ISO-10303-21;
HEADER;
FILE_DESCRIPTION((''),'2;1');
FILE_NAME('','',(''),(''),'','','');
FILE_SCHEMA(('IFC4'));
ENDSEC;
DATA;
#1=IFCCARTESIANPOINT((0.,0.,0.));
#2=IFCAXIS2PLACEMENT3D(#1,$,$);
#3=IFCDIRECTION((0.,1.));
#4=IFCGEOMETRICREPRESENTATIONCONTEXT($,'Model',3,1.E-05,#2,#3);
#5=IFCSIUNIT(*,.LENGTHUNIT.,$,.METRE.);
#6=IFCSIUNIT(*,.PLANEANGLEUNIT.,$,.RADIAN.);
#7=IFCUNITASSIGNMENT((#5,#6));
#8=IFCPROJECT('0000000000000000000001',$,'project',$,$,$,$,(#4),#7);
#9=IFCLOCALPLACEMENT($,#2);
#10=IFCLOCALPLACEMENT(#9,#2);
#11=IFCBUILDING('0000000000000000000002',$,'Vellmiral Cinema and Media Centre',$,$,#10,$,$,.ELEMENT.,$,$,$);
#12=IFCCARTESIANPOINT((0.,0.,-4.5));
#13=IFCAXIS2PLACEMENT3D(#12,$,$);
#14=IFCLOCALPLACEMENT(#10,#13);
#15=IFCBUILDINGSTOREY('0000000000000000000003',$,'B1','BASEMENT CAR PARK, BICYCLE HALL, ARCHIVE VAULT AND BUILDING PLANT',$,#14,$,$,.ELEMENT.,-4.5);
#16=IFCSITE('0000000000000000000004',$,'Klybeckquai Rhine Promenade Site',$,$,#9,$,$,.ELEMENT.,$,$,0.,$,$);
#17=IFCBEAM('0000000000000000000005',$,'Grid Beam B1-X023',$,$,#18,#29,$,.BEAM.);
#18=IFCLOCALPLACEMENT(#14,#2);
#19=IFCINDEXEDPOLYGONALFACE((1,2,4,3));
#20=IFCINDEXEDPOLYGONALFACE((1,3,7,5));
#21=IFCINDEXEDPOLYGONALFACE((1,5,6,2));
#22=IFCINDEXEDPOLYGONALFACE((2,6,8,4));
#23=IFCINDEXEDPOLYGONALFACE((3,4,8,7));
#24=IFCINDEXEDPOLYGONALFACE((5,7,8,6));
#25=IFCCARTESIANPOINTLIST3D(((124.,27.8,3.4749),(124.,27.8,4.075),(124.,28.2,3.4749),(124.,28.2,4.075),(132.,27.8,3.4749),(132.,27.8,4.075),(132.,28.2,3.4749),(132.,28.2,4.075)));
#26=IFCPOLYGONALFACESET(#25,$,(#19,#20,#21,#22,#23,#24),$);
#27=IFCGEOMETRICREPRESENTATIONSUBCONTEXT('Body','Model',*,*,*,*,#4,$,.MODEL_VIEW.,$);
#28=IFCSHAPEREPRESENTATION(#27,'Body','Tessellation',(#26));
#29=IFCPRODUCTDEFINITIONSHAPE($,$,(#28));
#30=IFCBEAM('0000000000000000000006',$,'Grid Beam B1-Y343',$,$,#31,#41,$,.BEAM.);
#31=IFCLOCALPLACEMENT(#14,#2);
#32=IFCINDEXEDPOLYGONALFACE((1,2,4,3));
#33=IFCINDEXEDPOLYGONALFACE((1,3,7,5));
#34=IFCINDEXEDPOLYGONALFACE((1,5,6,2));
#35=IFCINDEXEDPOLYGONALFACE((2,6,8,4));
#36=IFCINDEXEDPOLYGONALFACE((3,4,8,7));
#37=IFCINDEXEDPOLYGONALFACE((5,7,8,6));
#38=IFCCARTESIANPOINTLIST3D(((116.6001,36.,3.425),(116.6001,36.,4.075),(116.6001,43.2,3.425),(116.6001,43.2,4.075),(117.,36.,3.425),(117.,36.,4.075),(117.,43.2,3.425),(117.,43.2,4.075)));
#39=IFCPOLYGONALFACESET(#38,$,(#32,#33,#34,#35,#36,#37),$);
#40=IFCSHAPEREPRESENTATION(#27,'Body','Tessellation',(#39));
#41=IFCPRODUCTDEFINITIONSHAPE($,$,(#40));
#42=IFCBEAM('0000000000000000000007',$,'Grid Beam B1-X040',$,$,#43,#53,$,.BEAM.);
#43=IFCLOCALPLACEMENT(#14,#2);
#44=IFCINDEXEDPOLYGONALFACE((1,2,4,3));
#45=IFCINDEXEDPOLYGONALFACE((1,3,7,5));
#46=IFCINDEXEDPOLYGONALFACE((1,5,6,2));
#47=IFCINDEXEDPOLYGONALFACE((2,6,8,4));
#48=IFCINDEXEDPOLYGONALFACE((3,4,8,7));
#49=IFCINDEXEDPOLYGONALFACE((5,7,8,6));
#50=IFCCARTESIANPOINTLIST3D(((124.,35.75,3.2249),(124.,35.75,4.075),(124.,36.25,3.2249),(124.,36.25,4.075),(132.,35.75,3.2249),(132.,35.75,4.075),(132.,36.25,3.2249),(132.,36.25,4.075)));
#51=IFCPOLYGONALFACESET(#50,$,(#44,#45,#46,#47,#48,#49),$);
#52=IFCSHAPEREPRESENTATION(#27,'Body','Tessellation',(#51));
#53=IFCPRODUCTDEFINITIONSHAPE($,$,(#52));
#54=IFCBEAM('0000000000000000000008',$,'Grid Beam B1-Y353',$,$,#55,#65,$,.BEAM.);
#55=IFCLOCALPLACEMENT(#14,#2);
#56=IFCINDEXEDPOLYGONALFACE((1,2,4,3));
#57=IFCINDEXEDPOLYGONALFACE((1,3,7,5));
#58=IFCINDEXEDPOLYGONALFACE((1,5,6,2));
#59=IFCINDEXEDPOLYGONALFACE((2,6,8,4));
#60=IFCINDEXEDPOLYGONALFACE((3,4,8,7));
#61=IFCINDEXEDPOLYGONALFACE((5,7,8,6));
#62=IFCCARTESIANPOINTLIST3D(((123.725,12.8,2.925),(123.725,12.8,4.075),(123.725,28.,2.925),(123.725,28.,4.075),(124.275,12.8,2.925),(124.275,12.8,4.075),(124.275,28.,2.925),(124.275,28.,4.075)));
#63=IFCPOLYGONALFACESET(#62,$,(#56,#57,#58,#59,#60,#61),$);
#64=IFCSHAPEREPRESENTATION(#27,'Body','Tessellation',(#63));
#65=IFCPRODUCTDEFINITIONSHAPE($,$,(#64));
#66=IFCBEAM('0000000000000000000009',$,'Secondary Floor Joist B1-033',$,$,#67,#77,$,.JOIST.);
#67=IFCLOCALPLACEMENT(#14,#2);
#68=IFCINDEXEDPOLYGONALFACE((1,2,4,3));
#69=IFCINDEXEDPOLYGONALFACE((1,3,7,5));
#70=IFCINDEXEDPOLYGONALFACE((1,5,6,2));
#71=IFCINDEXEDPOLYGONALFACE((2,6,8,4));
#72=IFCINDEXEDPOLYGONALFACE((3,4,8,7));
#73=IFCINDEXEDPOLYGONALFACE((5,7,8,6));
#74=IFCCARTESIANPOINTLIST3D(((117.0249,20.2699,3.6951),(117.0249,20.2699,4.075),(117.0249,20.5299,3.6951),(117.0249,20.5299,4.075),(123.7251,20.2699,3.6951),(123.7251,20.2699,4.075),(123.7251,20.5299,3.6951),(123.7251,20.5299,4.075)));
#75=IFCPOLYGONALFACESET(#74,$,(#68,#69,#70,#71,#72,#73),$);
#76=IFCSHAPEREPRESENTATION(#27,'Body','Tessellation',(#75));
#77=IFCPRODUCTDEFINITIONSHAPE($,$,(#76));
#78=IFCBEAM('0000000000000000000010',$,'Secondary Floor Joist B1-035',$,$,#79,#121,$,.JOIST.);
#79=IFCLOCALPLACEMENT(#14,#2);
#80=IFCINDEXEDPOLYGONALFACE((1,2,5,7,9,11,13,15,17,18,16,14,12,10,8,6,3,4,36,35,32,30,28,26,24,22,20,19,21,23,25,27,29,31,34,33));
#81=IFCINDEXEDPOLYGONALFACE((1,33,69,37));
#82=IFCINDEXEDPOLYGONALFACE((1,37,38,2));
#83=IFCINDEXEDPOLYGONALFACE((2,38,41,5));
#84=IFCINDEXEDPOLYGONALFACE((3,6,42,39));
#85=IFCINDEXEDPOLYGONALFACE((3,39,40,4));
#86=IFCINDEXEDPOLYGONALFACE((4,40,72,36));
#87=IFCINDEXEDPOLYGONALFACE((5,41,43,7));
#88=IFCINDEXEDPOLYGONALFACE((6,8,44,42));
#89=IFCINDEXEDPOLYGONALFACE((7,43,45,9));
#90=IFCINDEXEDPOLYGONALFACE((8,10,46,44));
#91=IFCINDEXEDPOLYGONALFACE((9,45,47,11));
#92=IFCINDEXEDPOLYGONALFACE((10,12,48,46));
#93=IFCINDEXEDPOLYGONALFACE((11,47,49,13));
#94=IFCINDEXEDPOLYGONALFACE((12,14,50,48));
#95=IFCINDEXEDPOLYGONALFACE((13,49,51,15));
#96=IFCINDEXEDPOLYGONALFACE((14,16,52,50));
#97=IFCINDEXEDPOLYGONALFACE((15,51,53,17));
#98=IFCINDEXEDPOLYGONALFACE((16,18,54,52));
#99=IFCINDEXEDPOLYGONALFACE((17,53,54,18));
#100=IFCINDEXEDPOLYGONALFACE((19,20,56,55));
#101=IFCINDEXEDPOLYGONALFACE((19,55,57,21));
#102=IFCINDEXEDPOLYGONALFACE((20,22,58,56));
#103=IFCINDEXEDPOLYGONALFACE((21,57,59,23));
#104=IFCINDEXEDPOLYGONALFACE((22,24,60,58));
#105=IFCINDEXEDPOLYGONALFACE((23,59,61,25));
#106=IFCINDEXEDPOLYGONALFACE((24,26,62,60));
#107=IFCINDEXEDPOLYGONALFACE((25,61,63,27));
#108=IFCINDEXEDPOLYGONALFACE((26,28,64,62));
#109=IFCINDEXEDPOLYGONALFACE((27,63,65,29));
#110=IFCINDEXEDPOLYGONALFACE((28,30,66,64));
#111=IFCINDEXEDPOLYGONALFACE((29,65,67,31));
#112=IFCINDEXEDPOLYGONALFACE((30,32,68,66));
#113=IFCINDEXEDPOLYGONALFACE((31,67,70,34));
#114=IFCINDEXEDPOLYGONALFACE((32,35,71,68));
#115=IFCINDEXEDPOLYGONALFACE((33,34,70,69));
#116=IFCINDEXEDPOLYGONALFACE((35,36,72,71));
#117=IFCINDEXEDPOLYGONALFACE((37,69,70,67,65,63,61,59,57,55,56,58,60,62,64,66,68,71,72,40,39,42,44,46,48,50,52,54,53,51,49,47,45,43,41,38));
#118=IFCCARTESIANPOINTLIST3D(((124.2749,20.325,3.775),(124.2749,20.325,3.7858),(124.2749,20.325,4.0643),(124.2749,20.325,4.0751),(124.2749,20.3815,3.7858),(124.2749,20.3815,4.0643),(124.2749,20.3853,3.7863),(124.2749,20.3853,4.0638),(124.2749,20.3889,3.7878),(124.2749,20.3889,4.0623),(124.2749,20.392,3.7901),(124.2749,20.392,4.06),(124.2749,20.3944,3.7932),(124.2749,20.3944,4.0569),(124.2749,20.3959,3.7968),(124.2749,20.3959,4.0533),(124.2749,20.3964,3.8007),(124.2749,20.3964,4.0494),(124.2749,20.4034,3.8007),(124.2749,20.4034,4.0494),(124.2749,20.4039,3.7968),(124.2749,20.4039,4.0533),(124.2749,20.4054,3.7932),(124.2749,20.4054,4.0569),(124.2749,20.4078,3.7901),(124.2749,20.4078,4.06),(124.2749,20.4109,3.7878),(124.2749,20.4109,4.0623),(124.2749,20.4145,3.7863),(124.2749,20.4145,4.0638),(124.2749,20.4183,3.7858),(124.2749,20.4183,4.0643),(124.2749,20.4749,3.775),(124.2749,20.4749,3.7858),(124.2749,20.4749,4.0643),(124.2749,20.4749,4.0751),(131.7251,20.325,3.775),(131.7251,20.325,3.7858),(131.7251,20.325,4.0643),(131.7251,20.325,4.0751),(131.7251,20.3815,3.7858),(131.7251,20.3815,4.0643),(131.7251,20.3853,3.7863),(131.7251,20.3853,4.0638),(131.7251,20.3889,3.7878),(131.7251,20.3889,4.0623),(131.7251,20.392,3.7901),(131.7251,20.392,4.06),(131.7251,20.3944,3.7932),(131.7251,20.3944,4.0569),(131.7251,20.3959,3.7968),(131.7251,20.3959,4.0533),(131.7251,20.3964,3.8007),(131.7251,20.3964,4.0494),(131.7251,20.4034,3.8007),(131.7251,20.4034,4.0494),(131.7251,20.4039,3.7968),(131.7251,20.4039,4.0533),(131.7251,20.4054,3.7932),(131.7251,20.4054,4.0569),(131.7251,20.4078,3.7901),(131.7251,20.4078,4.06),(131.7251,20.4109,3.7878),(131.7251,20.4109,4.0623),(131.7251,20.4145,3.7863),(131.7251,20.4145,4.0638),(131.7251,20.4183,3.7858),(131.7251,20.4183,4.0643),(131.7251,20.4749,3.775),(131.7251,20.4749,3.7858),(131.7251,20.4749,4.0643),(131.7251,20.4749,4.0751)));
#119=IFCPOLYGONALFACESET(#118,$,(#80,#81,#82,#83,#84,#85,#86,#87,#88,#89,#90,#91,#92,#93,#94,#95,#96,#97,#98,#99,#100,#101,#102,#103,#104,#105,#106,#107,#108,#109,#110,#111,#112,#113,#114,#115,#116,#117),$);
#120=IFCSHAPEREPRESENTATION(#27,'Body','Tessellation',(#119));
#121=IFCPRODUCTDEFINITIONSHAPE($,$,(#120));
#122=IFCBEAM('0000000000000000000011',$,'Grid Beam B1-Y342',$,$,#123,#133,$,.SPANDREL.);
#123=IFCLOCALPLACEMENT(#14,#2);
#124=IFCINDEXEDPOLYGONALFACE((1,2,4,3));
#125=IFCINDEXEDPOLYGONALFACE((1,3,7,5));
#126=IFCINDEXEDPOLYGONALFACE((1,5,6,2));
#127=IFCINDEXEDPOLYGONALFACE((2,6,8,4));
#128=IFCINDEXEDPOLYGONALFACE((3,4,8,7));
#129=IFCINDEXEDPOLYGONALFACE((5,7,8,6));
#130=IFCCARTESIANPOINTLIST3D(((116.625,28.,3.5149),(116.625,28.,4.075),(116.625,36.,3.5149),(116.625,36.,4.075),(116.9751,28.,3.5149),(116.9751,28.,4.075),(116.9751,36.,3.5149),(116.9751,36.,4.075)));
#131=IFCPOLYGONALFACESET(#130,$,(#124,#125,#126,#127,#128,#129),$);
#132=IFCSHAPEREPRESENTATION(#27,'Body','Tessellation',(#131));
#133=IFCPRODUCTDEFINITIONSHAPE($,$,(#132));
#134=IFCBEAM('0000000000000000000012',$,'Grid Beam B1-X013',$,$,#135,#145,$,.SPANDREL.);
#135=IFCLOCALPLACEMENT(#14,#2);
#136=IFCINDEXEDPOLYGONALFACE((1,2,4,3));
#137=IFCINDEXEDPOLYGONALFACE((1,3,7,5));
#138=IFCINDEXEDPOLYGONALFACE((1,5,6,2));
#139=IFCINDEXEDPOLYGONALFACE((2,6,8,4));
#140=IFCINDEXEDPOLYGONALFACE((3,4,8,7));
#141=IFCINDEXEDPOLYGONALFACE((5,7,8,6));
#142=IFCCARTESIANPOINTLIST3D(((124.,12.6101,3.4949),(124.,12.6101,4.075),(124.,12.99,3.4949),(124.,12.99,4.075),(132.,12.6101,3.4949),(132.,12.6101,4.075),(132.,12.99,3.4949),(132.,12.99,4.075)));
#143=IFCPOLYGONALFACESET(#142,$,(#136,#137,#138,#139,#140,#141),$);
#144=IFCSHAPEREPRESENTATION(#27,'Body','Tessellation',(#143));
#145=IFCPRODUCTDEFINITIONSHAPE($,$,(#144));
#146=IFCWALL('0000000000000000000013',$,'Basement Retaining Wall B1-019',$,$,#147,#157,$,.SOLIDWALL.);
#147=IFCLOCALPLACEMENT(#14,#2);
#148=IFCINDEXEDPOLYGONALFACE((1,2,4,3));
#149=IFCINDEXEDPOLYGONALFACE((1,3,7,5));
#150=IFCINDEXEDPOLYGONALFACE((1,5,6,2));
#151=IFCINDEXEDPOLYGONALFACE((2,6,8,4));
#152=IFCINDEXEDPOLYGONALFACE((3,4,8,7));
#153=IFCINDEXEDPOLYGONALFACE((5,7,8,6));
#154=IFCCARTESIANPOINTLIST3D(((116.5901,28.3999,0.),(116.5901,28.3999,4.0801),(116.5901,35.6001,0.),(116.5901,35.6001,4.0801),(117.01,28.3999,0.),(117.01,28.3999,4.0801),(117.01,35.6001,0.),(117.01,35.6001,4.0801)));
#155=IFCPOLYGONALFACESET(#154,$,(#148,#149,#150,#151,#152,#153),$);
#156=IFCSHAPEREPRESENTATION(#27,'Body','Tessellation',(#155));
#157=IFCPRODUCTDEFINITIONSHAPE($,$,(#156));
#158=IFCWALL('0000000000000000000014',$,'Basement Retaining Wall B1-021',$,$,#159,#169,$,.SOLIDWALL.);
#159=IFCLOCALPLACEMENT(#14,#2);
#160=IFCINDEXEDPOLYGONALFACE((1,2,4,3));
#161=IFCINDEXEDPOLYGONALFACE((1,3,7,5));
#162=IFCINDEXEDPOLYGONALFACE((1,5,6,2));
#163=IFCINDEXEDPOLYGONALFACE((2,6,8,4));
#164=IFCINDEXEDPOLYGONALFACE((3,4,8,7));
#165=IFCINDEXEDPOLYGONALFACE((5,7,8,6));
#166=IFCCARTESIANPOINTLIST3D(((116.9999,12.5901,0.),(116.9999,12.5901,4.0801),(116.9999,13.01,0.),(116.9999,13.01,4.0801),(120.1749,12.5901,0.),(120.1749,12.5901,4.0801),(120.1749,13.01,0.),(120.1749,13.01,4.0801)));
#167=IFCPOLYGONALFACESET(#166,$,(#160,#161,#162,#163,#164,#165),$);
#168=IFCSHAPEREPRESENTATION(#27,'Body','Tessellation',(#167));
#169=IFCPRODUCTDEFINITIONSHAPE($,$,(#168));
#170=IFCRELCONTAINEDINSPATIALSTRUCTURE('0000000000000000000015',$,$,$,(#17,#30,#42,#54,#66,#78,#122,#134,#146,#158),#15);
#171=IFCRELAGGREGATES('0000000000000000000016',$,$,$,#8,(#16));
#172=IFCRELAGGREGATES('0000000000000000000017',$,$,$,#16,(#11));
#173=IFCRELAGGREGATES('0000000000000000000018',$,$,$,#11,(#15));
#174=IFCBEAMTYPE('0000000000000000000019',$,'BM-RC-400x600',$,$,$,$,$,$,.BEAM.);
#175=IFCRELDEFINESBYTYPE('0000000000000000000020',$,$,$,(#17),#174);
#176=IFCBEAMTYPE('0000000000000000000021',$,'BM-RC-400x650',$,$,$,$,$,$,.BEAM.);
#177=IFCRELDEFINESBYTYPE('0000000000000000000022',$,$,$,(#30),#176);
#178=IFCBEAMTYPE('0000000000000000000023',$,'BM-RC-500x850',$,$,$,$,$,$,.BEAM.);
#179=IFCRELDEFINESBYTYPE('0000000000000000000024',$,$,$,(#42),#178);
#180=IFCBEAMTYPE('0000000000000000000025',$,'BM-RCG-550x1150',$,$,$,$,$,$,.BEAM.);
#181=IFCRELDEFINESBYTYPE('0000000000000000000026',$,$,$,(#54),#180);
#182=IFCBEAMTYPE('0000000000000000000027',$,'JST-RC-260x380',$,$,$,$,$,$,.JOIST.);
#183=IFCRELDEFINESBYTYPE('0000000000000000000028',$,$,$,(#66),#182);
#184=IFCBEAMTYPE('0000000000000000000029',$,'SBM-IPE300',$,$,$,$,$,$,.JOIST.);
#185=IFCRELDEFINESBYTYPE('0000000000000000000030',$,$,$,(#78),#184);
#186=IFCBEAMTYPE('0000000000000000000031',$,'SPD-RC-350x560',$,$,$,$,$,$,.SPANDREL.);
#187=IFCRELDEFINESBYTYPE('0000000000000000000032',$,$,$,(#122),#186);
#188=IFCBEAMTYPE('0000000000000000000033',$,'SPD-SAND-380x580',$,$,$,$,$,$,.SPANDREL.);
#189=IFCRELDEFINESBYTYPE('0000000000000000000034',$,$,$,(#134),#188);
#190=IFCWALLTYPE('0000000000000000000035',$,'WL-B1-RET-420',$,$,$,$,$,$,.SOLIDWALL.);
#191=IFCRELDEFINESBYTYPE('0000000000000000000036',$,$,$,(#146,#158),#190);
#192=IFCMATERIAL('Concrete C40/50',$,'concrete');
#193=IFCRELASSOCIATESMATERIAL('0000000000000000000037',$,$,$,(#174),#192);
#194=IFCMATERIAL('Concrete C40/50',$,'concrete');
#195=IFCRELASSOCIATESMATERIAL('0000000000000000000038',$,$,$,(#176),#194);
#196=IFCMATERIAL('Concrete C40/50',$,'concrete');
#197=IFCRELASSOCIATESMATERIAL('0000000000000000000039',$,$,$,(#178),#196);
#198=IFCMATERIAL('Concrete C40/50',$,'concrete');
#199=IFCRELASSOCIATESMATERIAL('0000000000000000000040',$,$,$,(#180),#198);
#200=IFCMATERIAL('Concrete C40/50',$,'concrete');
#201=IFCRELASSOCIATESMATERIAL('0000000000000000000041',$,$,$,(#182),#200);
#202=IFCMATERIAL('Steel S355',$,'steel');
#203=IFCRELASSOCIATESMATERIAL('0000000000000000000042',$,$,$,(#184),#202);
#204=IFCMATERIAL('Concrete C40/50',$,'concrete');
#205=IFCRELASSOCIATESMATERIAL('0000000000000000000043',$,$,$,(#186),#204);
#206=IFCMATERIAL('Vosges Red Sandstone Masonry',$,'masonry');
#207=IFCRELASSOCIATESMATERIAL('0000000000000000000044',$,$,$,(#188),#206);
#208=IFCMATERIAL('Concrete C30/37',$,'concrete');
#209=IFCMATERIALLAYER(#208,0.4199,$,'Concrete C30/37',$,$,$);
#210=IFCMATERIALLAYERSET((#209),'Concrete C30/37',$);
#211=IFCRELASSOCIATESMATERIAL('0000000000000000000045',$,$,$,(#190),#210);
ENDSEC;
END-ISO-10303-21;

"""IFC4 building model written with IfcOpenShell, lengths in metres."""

from ifc_helpers import new_model, si_unit, direction, frame, frame_2d, origin, origin_2d, place, context, subcontext, project, spatial, rectangle, i_section, extrude, material, layer, layer_set, material_profile, profile_set, type_object, element, save


model = new_model("IFC4")

# Units and contexts
model_context = context("Model", 3, precision=1e-05, world=origin(), true_north=direction((0.0, 1.0)))
body_context = subcontext(model_context, "Body", "Model", "MODEL_VIEW")
ifc_project = project(units=[si_unit("LENGTHUNIT", "METRE"), si_unit("PLANEANGLEUNIT", "RADIAN")], contexts=[model_context])

# Site, building, storey
site_placement = place(None, origin())
site = spatial("IfcSite", under=ifc_project, at=site_placement, Name="Klybeckquai Rhine Promenade Site", CompositionType="ELEMENT", RefElevation=0.0)
building_placement = place(site_placement, origin())
building = spatial("IfcBuilding", under=site, at=building_placement, Name="Vellmiral Cinema and Media Centre", CompositionType="ELEMENT")
storey_placement = place(building_placement, frame((0.0, 0.0, -4.5)))
storey = spatial("IfcBuildingStorey", under=building, at=storey_placement, Name="B1", Description="BASEMENT CAR PARK, BICYCLE HALL, ARCHIVE VAULT AND BUILDING PLANT", CompositionType="ELEMENT", Elevation=-4.5)

# Beams
ifc_material_1 = material(Name="Concrete C40/50", Category="concrete")
ifc_material_profile_1 = material_profile(ifc_material_1, rectangle(XDim=0.3999, YDim=0.6001, at=origin_2d()), Name="RC 400x600")
ifc_profile_set_1 = profile_set([ifc_material_profile_1], Name="Concrete C40/50")
beam_type_1 = type_object("IfcBeamType", Name="BM-RC-400x600", PredefinedType="BEAM", material=ifc_profile_set_1)
beam_1_placement = place(storey_placement, frame((124.0, 28.0, 3.7749), z_axis=(1.0, 0.0, 0.0), x_axis=(0.0, 1.0, 0.0)))
element("IfcBeam", 1, at=beam_1_placement, inside=storey, type_object=beam_type_1, Name="Grid Beam B1-X023", PredefinedType="BEAM", context=body_context, shape_type="SweptSolid", body=[
    extrude(rectangle(XDim=0.3999, YDim=0.6001, at=origin_2d()), origin(), (0.0, 0.0, 1.0), 8.0),
])
ifc_material_2 = material(Name="Concrete C40/50", Category="concrete")
ifc_material_profile_2 = material_profile(ifc_material_2, rectangle(XDim=0.3999, YDim=0.6499, at=origin_2d()), Name="RC 400x650")
ifc_profile_set_2 = profile_set([ifc_material_profile_2], Name="Concrete C40/50")
beam_type_2 = type_object("IfcBeamType", Name="BM-RC-400x650", PredefinedType="BEAM", material=ifc_profile_set_2)
beam_2_placement = place(storey_placement, frame((116.8, 36.0, 3.75), z_axis=(0.0, 1.0, 0.0), x_axis=(-1.0, 0.0, 0.0)))
element("IfcBeam", 2, at=beam_2_placement, inside=storey, type_object=beam_type_2, Name="Grid Beam B1-Y343", PredefinedType="BEAM", context=body_context, shape_type="SweptSolid", body=[
    extrude(rectangle(XDim=0.3999, YDim=0.6499, at=origin_2d()), origin(), (0.0, 0.0, 1.0), 7.2),
])
ifc_material_3 = material(Name="Concrete C40/50", Category="concrete")
ifc_material_profile_3 = material_profile(ifc_material_3, rectangle(XDim=0.5, YDim=0.8501, at=origin_2d()), Name="RC 500x850")
ifc_profile_set_3 = profile_set([ifc_material_profile_3], Name="Concrete C40/50")
beam_type_3 = type_object("IfcBeamType", Name="BM-RC-500x850", PredefinedType="BEAM", material=ifc_profile_set_3)
beam_3_placement = place(storey_placement, frame((124.0, 36.0, 3.6499), z_axis=(1.0, 0.0, 0.0), x_axis=(0.0, 1.0, 0.0)))
element("IfcBeam", 3, at=beam_3_placement, inside=storey, type_object=beam_type_3, Name="Grid Beam B1-X040", PredefinedType="BEAM", context=body_context, shape_type="SweptSolid", body=[
    extrude(rectangle(XDim=0.5, YDim=0.8501, at=origin_2d()), origin(), (0.0, 0.0, 1.0), 8.0),
])
ifc_material_4 = material(Name="Concrete C40/50", Category="concrete")
ifc_material_profile_4 = material_profile(ifc_material_4, rectangle(XDim=0.55, YDim=1.1499, at=origin_2d()), Name="RC 550x1150")
ifc_profile_set_4 = profile_set([ifc_material_profile_4], Name="Concrete C40/50")
beam_type_4 = type_object("IfcBeamType", Name="BM-RCG-550x1150", PredefinedType="BEAM", material=ifc_profile_set_4)
beam_4_placement = place(storey_placement, frame((124.0, 12.8, 3.5), z_axis=(0.0, 1.0, 0.0), x_axis=(-1.0, 0.0, 0.0)))
element("IfcBeam", 4, at=beam_4_placement, inside=storey, type_object=beam_type_4, Name="Grid Beam B1-Y353", PredefinedType="BEAM", context=body_context, shape_type="SweptSolid", body=[
    extrude(rectangle(XDim=0.55, YDim=1.1499, at=origin_2d()), origin(), (0.0, 0.0, 1.0), 15.2),
])
ifc_material_5 = material(Name="Concrete C40/50", Category="concrete")
ifc_material_profile_5 = material_profile(ifc_material_5, rectangle(XDim=0.26, YDim=0.3799, at=origin_2d()), Name="RC 260x380")
ifc_profile_set_5 = profile_set([ifc_material_profile_5], Name="Concrete C40/50")
beam_type_5 = type_object("IfcBeamType", Name="JST-RC-260x380", PredefinedType="JOIST", material=ifc_profile_set_5)
beam_5_placement = place(storey_placement, frame((117.0249, 20.3999, 3.885), z_axis=(1.0, 0.0, 0.0), x_axis=(0.0, 1.0, 0.0)))
element("IfcBeam", 5, at=beam_5_placement, inside=storey, type_object=beam_type_5, Name="Secondary Floor Joist B1-033", PredefinedType="JOIST", context=body_context, shape_type="SweptSolid", body=[
    extrude(rectangle(XDim=0.26, YDim=0.3799, at=origin_2d()), origin(), (0.0, 0.0, 1.0), 6.7002),
])
ifc_material_6 = material(Name="Steel S355", Category="steel")
ifc_material_profile_6 = material_profile(ifc_material_6, i_section(OverallWidth=0.1499, OverallDepth=0.3, WebThickness=0.0071, FlangeThickness=0.0107, FilletRadius=0.0149, at=origin_2d()), Name="IPE 300")
ifc_profile_set_6 = profile_set([ifc_material_profile_6], Name="Steel S355")
beam_type_6 = type_object("IfcBeamType", Name="SBM-IPE300", PredefinedType="JOIST", material=ifc_profile_set_6)
beam_6_placement = place(storey_placement, frame((124.2749, 20.3999, 3.925), z_axis=(1.0, 0.0, 0.0), x_axis=(0.0, 1.0, 0.0)))
element("IfcBeam", 6, at=beam_6_placement, inside=storey, type_object=beam_type_6, Name="Secondary Floor Joist B1-035", PredefinedType="JOIST", context=body_context, shape_type="SweptSolid", body=[
    extrude(i_section(OverallWidth=0.1499, OverallDepth=0.3, WebThickness=0.0071, FlangeThickness=0.0107, FilletRadius=0.0149, at=origin_2d()), origin(), (0.0, 0.0, 1.0), 7.4502),
])
ifc_material_7 = material(Name="Concrete C40/50", Category="concrete")
ifc_material_profile_7 = material_profile(ifc_material_7, rectangle(XDim=0.3501, YDim=0.5601, at=origin_2d()), Name="RC 350x560")
ifc_profile_set_7 = profile_set([ifc_material_profile_7], Name="Concrete C40/50")
beam_type_7 = type_object("IfcBeamType", Name="SPD-RC-350x560", PredefinedType="SPANDREL", material=ifc_profile_set_7)
beam_7_placement = place(storey_placement, frame((116.8, 28.0, 3.7949), z_axis=(0.0, 1.0, 0.0), x_axis=(-1.0, 0.0, 0.0)))
element("IfcBeam", 7, at=beam_7_placement, inside=storey, type_object=beam_type_7, Name="Grid Beam B1-Y342", PredefinedType="SPANDREL", context=body_context, shape_type="SweptSolid", body=[
    extrude(rectangle(XDim=0.3501, YDim=0.5601, at=origin_2d()), origin(), (0.0, 0.0, 1.0), 8.0),
])
ifc_material_8 = material(Name="Vosges Red Sandstone Masonry", Category="masonry")
ifc_material_profile_8 = material_profile(ifc_material_8, rectangle(XDim=0.3799, YDim=0.5801, at=origin_2d()), Name="SAND 380x580")
ifc_profile_set_8 = profile_set([ifc_material_profile_8], Name="Vosges Red Sandstone Masonry")
beam_type_8 = type_object("IfcBeamType", Name="SPD-SAND-380x580", PredefinedType="SPANDREL", material=ifc_profile_set_8)
beam_8_placement = place(storey_placement, frame((124.0, 12.8, 3.7849), z_axis=(1.0, 0.0, 0.0), x_axis=(0.0, 1.0, 0.0)))
element("IfcBeam", 8, at=beam_8_placement, inside=storey, type_object=beam_type_8, Name="Grid Beam B1-X013", PredefinedType="SPANDREL", context=body_context, shape_type="SweptSolid", body=[
    extrude(rectangle(XDim=0.3799, YDim=0.5801, at=origin_2d()), origin(), (0.0, 0.0, 1.0), 8.0),
])

# Walls
ifc_material_9 = material(Name="Concrete C30/37", Category="concrete")
ifc_layer_1 = layer(ifc_material_9, 0.4199, Name="Concrete C30/37")
ifc_layer_set_1 = layer_set([ifc_layer_1], Name="Concrete C30/37")
wall_type_1 = type_object("IfcWallType", Name="WL-B1-RET-420", PredefinedType="SOLIDWALL", material=ifc_layer_set_1)
wall_1_placement = place(storey_placement, frame((116.8, 35.6001, 0.0), z_axis=(0.0, 0.0, 1.0), x_axis=(0.0, -1.0, 0.0)))
element("IfcWall", 9, at=wall_1_placement, inside=storey, type_object=wall_type_1, Name="Basement Retaining Wall B1-019", PredefinedType="SOLIDWALL", context=body_context, shape_type="SweptSolid", body=[
    extrude(rectangle(XDim=7.2002, YDim=0.4199, at=frame_2d((3.6001, 0.0))), origin(), (0.0, 0.0, 1.0), 4.0801),
])
wall_2_placement = place(storey_placement, frame((117.0, 12.8, 0.0), z_axis=(0.0, 0.0, 1.0), x_axis=(1.0, 0.0, 0.0)))
element("IfcWall", 10, at=wall_2_placement, inside=storey, type_object=wall_type_1, Name="Basement Retaining Wall B1-021", PredefinedType="SOLIDWALL", context=body_context, shape_type="SweptSolid", body=[
    extrude(rectangle(XDim=3.175, YDim=0.4199, at=frame_2d((1.5874, 0.0))), origin(), (0.0, 0.0, 1.0), 4.0801),
])

save(model, "model.ifc")
